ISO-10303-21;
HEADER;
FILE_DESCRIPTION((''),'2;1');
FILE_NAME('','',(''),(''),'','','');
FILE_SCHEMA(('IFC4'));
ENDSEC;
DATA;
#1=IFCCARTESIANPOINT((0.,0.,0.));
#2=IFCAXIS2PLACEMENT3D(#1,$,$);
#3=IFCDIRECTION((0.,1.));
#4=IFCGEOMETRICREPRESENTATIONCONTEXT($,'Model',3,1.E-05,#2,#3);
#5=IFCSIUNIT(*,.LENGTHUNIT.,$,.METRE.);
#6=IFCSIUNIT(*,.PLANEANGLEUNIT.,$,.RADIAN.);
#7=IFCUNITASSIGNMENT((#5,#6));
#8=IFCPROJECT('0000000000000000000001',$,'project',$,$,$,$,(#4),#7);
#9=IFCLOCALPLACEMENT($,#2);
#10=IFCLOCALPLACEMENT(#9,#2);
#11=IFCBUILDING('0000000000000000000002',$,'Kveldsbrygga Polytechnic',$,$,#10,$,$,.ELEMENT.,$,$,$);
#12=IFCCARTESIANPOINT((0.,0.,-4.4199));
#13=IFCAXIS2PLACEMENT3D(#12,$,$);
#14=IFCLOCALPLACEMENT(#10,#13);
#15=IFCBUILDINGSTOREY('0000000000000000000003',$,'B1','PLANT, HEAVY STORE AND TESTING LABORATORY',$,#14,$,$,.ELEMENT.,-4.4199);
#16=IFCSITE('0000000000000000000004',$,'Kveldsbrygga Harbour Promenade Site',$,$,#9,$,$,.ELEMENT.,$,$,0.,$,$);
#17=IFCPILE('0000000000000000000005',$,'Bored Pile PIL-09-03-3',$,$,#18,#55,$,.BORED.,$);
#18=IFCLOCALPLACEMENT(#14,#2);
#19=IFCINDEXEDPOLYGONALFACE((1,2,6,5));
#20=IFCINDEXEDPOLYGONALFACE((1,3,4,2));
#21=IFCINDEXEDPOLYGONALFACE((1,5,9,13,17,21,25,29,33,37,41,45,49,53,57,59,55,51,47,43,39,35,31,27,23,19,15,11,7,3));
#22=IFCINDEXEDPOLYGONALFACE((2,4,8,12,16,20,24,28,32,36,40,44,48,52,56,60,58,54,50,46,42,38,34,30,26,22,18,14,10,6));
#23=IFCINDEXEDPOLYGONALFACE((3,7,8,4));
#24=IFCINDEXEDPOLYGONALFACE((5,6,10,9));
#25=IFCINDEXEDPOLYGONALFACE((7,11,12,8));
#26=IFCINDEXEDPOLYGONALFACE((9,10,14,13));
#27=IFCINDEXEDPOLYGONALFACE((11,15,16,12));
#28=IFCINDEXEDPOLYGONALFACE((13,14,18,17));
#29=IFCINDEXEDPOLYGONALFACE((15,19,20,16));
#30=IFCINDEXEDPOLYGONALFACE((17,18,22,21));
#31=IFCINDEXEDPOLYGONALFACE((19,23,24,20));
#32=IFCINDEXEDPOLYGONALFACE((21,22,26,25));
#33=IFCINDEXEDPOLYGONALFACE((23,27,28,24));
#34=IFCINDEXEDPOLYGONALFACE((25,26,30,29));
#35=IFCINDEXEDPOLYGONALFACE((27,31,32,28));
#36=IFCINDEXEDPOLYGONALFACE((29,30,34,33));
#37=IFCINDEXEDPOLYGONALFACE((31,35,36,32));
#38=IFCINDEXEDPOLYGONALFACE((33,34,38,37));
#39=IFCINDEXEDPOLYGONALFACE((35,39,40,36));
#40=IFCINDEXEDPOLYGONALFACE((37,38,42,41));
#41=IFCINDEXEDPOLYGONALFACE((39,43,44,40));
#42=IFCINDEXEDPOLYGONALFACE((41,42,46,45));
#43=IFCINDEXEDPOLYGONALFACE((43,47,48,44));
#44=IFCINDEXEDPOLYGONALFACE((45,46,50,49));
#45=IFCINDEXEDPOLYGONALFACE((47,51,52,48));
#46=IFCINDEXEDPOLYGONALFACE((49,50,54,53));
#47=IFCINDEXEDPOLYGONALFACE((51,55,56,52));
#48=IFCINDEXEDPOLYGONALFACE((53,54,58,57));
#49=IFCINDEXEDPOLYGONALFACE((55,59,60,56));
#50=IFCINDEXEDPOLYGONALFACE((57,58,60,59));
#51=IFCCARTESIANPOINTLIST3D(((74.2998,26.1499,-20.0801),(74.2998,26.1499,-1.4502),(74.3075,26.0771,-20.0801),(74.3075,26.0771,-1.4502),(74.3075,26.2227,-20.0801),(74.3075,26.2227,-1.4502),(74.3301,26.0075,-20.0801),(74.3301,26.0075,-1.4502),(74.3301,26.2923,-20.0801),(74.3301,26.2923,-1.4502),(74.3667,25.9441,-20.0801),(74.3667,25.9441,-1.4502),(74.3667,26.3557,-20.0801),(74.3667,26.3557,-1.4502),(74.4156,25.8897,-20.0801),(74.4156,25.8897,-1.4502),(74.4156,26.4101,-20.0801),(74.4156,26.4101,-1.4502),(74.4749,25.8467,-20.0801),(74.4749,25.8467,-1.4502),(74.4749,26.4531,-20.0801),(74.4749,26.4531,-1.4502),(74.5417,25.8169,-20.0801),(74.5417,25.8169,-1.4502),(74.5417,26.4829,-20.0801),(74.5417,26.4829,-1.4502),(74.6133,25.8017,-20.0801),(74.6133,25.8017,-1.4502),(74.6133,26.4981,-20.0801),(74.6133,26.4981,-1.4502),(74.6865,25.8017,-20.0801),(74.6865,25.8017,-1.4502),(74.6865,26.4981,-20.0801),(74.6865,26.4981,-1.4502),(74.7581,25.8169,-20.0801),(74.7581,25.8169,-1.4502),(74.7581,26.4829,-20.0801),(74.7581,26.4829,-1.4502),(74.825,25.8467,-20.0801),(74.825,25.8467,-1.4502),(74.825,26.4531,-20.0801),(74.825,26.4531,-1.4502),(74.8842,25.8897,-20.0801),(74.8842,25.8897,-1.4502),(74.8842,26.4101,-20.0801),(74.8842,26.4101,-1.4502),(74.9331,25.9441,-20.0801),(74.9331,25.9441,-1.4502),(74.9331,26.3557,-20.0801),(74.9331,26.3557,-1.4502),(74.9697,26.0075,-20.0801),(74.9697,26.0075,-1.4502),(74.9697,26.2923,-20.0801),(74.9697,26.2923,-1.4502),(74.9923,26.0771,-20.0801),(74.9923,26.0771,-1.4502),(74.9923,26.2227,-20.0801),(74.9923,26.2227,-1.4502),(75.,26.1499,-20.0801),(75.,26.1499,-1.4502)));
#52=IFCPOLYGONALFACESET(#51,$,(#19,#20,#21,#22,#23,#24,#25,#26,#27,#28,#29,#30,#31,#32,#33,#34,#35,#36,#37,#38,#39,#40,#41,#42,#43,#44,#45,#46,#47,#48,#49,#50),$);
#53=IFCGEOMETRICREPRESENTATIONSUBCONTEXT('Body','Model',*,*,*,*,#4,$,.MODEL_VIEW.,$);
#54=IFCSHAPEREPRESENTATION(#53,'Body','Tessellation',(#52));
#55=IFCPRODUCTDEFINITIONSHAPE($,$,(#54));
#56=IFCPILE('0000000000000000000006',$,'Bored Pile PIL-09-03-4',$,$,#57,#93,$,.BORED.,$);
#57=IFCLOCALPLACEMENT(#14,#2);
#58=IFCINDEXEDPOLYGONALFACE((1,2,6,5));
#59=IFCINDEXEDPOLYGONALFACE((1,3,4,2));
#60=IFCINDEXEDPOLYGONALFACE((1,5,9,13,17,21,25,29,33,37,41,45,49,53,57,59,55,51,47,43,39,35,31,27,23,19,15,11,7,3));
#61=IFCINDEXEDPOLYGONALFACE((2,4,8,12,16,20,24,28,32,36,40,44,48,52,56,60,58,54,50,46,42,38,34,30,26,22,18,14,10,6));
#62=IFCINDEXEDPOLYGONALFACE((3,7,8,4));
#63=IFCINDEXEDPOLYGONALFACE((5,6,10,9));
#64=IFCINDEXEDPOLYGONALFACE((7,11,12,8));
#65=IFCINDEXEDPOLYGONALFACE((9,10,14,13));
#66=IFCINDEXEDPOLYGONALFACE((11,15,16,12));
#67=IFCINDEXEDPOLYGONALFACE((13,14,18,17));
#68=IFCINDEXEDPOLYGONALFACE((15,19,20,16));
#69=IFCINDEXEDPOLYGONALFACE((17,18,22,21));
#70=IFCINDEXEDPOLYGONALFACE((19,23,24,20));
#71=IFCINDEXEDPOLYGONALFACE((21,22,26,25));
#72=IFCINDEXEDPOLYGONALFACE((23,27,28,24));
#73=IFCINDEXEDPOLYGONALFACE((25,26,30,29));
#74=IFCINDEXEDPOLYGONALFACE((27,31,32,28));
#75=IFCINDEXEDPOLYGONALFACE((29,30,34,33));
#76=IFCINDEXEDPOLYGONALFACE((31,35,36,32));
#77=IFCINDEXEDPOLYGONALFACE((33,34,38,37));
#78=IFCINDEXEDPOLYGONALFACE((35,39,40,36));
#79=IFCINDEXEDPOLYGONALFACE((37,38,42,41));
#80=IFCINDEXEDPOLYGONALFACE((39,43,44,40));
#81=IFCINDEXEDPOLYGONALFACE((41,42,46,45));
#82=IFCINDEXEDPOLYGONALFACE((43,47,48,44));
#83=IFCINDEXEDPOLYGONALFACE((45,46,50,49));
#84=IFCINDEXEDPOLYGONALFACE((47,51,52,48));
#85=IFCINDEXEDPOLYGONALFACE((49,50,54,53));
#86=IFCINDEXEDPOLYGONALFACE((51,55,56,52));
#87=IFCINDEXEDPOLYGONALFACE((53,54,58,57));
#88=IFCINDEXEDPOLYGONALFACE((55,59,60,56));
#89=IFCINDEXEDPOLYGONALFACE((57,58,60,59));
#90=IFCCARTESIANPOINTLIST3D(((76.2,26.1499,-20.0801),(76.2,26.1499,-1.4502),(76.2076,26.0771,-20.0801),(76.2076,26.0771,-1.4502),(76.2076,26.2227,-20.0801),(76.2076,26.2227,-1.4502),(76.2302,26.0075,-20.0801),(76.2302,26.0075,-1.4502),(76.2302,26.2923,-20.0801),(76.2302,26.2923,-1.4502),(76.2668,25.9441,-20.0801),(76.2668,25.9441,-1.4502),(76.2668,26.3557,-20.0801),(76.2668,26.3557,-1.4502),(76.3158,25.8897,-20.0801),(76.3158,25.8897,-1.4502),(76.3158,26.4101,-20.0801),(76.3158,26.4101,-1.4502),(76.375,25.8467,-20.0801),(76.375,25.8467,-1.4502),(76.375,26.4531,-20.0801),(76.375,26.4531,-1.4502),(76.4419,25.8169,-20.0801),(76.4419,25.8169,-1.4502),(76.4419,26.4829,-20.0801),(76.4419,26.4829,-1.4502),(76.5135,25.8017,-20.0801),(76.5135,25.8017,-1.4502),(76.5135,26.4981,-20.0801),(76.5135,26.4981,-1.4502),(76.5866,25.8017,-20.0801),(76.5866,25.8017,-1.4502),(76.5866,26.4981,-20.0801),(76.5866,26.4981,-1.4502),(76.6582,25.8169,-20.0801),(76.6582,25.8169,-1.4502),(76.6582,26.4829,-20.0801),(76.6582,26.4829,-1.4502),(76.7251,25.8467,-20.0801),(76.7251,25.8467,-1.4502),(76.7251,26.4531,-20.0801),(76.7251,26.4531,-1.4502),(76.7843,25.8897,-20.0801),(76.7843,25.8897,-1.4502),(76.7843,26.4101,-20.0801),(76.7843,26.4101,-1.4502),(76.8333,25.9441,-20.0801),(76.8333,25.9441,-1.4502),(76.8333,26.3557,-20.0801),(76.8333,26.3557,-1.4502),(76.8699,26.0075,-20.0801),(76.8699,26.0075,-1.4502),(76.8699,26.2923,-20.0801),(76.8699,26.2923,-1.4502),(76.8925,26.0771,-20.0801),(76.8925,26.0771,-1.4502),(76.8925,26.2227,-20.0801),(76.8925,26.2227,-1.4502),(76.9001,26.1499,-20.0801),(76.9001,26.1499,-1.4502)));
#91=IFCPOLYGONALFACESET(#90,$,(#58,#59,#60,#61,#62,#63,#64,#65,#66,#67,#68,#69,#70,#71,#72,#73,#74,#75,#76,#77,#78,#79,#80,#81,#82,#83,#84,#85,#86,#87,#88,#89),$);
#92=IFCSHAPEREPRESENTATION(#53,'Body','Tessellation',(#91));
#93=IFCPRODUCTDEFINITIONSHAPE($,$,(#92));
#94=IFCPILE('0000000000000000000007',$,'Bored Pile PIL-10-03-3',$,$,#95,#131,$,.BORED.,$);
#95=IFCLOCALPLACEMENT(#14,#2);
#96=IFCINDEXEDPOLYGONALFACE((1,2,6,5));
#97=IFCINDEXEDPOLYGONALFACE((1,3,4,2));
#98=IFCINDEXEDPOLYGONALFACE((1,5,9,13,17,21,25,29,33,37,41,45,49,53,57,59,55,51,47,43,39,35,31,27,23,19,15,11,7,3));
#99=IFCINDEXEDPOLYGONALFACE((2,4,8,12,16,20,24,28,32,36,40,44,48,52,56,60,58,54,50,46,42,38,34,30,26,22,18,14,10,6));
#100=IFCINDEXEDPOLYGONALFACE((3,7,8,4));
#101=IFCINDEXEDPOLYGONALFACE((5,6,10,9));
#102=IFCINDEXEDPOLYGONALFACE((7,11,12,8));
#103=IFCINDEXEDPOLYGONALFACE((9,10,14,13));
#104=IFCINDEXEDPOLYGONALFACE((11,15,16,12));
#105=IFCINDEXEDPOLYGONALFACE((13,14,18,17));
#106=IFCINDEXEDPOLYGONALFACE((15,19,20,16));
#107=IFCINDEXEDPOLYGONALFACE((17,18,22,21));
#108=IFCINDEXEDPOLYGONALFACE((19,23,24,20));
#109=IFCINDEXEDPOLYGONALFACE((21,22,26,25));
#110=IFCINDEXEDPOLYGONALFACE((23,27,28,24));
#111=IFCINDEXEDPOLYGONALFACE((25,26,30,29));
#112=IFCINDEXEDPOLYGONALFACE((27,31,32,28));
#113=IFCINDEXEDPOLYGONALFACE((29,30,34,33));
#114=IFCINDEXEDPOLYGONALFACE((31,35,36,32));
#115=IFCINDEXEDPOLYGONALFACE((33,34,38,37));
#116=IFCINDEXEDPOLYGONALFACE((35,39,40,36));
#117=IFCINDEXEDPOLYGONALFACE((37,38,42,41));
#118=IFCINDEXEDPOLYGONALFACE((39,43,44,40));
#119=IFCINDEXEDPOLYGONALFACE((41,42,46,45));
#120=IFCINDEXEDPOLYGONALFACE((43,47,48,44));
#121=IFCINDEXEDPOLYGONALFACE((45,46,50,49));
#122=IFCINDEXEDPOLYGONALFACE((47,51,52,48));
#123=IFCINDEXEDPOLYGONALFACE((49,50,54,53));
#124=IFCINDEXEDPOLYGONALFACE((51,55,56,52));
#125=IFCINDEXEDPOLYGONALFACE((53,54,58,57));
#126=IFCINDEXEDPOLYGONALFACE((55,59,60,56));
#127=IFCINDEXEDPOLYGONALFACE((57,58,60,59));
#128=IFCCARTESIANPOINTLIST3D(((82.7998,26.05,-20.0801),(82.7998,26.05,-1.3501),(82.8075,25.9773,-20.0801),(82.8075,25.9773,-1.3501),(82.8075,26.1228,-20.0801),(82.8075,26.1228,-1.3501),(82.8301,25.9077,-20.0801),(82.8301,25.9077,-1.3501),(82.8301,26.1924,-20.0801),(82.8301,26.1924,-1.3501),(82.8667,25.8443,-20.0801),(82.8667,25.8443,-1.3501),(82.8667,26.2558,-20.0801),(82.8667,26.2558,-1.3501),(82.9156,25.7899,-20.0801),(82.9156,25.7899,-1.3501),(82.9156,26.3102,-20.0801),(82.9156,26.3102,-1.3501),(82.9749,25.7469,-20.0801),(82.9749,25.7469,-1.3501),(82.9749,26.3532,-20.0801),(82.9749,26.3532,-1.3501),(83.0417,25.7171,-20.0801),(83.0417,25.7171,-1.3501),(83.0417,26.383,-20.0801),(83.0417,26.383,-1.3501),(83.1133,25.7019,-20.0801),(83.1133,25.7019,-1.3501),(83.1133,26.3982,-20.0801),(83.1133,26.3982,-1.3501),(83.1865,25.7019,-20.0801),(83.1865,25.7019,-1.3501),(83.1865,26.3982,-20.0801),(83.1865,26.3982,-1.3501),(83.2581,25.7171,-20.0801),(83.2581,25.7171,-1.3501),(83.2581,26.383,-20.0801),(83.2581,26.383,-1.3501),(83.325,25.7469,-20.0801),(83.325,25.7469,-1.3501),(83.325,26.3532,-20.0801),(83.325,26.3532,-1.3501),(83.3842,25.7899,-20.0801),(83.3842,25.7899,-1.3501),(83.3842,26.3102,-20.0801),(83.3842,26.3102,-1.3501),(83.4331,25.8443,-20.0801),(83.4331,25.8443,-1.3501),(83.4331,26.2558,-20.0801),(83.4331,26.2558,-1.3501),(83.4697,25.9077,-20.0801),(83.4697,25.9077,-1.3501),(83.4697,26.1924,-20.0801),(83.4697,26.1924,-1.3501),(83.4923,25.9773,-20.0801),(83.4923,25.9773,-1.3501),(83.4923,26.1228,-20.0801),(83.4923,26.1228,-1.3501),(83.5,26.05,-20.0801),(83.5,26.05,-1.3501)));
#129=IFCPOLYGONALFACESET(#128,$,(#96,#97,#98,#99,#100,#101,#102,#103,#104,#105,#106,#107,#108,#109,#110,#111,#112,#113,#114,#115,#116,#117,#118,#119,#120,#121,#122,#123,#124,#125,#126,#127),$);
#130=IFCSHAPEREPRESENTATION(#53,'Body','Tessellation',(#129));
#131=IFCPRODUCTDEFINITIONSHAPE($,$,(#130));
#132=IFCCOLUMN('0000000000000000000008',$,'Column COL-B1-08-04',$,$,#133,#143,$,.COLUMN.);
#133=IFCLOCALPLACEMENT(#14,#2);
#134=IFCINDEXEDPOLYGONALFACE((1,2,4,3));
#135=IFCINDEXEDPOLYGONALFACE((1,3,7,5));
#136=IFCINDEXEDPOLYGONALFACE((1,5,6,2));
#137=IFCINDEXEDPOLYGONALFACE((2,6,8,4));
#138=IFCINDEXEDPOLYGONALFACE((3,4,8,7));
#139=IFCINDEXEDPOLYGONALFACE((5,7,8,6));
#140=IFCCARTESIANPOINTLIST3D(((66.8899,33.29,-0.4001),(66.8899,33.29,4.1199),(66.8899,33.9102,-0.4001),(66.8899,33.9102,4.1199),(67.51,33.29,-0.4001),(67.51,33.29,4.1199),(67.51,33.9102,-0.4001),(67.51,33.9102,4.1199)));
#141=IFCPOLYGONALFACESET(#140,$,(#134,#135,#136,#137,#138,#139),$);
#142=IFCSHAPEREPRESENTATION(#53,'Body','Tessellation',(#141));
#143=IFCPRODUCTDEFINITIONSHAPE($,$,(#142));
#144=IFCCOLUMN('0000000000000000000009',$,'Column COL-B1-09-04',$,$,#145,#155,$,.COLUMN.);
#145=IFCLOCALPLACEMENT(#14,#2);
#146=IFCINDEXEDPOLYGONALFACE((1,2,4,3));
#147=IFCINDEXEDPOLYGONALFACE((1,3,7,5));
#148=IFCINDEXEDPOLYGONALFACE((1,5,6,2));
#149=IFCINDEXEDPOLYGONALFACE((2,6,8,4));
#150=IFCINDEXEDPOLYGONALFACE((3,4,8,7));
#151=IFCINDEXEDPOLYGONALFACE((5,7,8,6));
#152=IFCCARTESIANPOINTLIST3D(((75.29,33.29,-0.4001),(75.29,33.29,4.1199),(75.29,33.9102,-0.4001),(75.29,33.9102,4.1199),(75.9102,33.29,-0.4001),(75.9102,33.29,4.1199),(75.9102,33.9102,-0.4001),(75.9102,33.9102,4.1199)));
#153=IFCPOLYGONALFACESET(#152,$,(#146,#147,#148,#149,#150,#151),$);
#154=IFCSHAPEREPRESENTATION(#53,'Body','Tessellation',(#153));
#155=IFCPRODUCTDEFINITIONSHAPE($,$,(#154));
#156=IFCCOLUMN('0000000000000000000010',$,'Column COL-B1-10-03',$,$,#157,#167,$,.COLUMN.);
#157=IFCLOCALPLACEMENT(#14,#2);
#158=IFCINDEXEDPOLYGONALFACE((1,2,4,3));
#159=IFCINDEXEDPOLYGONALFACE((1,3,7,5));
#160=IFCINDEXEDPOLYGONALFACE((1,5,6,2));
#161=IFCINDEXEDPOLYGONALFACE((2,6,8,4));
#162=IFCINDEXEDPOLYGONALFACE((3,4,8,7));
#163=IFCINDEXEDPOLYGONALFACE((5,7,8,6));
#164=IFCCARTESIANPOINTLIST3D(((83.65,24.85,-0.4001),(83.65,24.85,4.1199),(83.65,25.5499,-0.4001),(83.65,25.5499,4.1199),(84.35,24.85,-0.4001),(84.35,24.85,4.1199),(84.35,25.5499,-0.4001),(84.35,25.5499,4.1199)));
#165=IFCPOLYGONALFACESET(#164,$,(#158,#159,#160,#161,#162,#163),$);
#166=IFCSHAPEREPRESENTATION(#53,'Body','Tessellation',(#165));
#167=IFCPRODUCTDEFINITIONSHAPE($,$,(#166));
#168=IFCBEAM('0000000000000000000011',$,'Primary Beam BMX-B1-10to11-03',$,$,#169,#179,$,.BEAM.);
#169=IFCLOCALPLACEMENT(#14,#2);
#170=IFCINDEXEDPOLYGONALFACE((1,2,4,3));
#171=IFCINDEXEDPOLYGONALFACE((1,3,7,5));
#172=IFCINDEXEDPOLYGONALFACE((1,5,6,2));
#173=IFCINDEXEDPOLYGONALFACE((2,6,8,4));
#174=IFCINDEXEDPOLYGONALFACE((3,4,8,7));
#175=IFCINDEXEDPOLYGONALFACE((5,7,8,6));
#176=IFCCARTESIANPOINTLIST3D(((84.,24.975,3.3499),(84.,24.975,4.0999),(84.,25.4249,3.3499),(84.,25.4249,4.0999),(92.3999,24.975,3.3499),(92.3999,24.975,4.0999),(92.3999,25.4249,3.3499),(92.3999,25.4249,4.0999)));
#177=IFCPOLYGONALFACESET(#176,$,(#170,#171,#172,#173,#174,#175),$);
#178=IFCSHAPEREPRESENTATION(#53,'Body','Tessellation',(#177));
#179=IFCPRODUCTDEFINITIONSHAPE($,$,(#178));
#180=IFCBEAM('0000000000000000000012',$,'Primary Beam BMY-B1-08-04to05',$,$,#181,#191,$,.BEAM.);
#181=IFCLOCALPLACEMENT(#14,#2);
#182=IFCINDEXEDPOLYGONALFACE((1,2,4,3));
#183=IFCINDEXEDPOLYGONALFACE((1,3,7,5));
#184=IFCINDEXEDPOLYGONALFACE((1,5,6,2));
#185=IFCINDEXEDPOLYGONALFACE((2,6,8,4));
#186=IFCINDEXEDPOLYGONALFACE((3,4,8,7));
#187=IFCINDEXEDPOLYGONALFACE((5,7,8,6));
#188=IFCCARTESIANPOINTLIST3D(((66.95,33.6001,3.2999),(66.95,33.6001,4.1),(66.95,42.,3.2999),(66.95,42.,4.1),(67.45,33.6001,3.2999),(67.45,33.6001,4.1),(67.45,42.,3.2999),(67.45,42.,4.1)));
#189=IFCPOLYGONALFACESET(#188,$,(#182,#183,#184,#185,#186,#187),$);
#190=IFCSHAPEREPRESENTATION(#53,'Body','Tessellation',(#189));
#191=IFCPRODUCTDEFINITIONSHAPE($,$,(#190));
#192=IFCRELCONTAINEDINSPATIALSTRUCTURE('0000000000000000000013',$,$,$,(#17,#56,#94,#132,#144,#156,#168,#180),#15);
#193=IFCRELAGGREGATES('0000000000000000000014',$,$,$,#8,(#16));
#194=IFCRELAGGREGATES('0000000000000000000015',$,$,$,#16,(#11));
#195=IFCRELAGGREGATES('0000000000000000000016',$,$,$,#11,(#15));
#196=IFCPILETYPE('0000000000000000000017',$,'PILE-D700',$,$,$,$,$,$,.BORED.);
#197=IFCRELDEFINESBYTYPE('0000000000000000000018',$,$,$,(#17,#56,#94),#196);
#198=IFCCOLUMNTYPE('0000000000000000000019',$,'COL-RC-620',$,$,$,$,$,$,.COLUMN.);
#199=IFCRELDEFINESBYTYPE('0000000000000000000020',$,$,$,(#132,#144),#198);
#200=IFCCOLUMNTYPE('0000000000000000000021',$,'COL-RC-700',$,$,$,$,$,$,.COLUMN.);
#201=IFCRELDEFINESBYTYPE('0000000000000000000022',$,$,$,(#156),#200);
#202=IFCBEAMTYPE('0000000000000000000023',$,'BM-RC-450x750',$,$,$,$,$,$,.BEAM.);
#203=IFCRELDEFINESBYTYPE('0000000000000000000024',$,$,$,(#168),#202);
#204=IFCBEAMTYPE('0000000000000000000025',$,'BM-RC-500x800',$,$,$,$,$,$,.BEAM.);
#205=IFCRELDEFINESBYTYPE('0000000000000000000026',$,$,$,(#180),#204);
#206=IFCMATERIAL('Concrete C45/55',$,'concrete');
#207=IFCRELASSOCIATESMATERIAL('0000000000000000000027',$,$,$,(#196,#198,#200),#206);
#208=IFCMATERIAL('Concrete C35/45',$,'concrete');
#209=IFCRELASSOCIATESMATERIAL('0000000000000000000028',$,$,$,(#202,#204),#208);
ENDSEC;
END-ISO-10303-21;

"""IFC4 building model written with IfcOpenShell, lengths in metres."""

from ifc_helpers import new_model, si_unit, direction, frame, origin, origin_2d, place, context, subcontext, project, spatial, rectangle, circle, extrude, material, material_profile, profile_set, type_object, element, save


model = new_model("IFC4")

# Units and contexts
model_context = context("Model", 3, precision=1e-05, world=origin(), true_north=direction((0.0, 1.0)))
body_context = subcontext(model_context, "Body", "Model", "MODEL_VIEW")
ifc_project = project(units=[si_unit("LENGTHUNIT", "METRE"), si_unit("PLANEANGLEUNIT", "RADIAN")], contexts=[model_context])

# Site, building, storey
site_placement = place(None, origin())
site = spatial("IfcSite", under=ifc_project, at=site_placement, Name="Kveldsbrygga Harbour Promenade Site", CompositionType="ELEMENT", RefElevation=0.0)
building_placement = place(site_placement, origin())
building = spatial("IfcBuilding", under=site, at=building_placement, Name="Kveldsbrygga Polytechnic", CompositionType="ELEMENT")
storey_placement = place(building_placement, frame((0.0, 0.0, -4.4199)))
storey = spatial("IfcBuildingStorey", under=building, at=storey_placement, Name="B1", Description="PLANT, HEAVY STORE AND TESTING LABORATORY", CompositionType="ELEMENT", Elevation=-4.4199)

# Shared definitions
ifc_material_1 = material(Name="Concrete C45/55", Category="concrete")

# Piles
ifc_material_profile_1 = material_profile(ifc_material_1, circle(Radius=0.3501, at=origin_2d()), Name="PILE D700")
ifc_profile_set_1 = profile_set([ifc_material_profile_1], Name="Concrete C45/55")
pile_type_1 = type_object("IfcPileType", Name="PILE-D700", PredefinedType="BORED", material=ifc_profile_set_1)
for number, where, z_axis, x_axis, name in (
    (1, (74.6499, 26.1499, -1.4502), (0.0, 0.0, -1.0), (1.0, 0.0, 0.0), "Bored Pile PIL-09-03-3"),
    (2, (76.55, 26.1499, -1.4502), (0.0, 0.0, -1.0), (1.0, 0.0, 0.0), "Bored Pile PIL-09-03-4"),
):
    element("IfcPile", number, at=place(storey_placement, frame(where, z_axis=z_axis, x_axis=x_axis)), inside=storey, type_object=pile_type_1, Name=name, PredefinedType="BORED", context=body_context, shape_type="SweptSolid", body=[
        extrude(circle(Radius=0.3501, at=origin_2d()), origin(), (0.0, 0.0, 1.0), 18.6299),
    ])
pile_placement = place(storey_placement, frame((83.1499, 26.05, -1.3501), z_axis=(0.0, 0.0, -1.0), x_axis=(1.0, 0.0, 0.0)))
element("IfcPile", 3, at=pile_placement, inside=storey, type_object=pile_type_1, Name="Bored Pile PIL-10-03-3", PredefinedType="BORED", context=body_context, shape_type="SweptSolid", body=[
    extrude(circle(Radius=0.3501, at=origin_2d()), origin(), (0.0, 0.0, 1.0), 18.73),
])

# Columns
ifc_material_profile_2 = material_profile(ifc_material_1, rectangle(XDim=0.6201, YDim=0.6201, at=origin_2d()), Name="RC 620x620")
ifc_profile_set_2 = profile_set([ifc_material_profile_2], Name="Concrete C45/55")
column_type_1 = type_object("IfcColumnType", Name="COL-RC-620", PredefinedType="COLUMN", material=ifc_profile_set_2)
for number, where, z_axis, x_axis, name in (
    (4, (67.2, 33.6001, -0.4001), (0.0, 0.0, 1.0), (1.0, 0.0, 0.0), "Column COL-B1-08-04"),
    (5, (75.6001, 33.6001, -0.4001), (0.0, 0.0, 1.0), (1.0, 0.0, 0.0), "Column COL-B1-09-04"),
):
    element("IfcColumn", number, at=place(storey_placement, frame(where, z_axis=z_axis, x_axis=x_axis)), inside=storey, type_object=column_type_1, Name=name, PredefinedType="COLUMN", context=body_context, shape_type="SweptSolid", body=[
        extrude(rectangle(XDim=0.6201, YDim=0.6201, at=origin_2d()), origin(), (0.0, 0.0, 1.0), 4.52),
    ])
ifc_material_profile_3 = material_profile(ifc_material_1, rectangle(XDim=0.7, YDim=0.7, at=origin_2d()), Name="RC 700x700")
ifc_profile_set_3 = profile_set([ifc_material_profile_3], Name="Concrete C45/55")
column_type_2 = type_object("IfcColumnType", Name="COL-RC-700", PredefinedType="COLUMN", material=ifc_profile_set_3)
column_placement = place(storey_placement, frame((84.0, 25.2, -0.4001), z_axis=(0.0, 0.0, 1.0), x_axis=(1.0, 0.0, 0.0)))
element("IfcColumn", 6, at=column_placement, inside=storey, type_object=column_type_2, Name="Column COL-B1-10-03", PredefinedType="COLUMN", context=body_context, shape_type="SweptSolid", body=[
    extrude(rectangle(XDim=0.7, YDim=0.7, at=origin_2d()), origin(), (0.0, 0.0, 1.0), 4.52),
])

# Beams
ifc_material_2 = material(Name="Concrete C35/45", Category="concrete")
ifc_material_profile_4 = material_profile(ifc_material_2, rectangle(XDim=0.45, YDim=0.75, at=origin_2d()), Name="RC 450x750")
ifc_profile_set_4 = profile_set([ifc_material_profile_4], Name="Concrete C35/45")
beam_type_1 = type_object("IfcBeamType", Name="BM-RC-450x750", PredefinedType="BEAM", material=ifc_profile_set_4)
beam_1_placement = place(storey_placement, frame((84.0, 25.2, 3.7249), z_axis=(1.0, 0.0, 0.0), x_axis=(0.0, 1.0, 0.0)))
element("IfcBeam", 7, at=beam_1_placement, inside=storey, type_object=beam_type_1, Name="Primary Beam BMX-B1-10to11-03", PredefinedType="BEAM", context=body_context, shape_type="SweptSolid", body=[
    extrude(rectangle(XDim=0.45, YDim=0.75, at=origin_2d()), origin(), (0.0, 0.0, 1.0), 8.3999),
])
ifc_material_profile_5 = material_profile(ifc_material_2, rectangle(XDim=0.5, YDim=0.8, at=origin_2d()), Name="RC 500x800")
ifc_profile_set_5 = profile_set([ifc_material_profile_5], Name="Concrete C35/45")
beam_type_2 = type_object("IfcBeamType", Name="BM-RC-500x800", PredefinedType="BEAM", material=ifc_profile_set_5)
beam_2_placement = place(storey_placement, frame((67.2, 33.6001, 3.7), z_axis=(0.0, 1.0, 0.0), x_axis=(-1.0, 0.0, 0.0)))
element("IfcBeam", 8, at=beam_2_placement, inside=storey, type_object=beam_type_2, Name="Primary Beam BMY-B1-08-04to05", PredefinedType="BEAM", context=body_context, shape_type="SweptSolid", body=[
    extrude(rectangle(XDim=0.5, YDim=0.8, at=origin_2d()), origin(), (0.0, 0.0, 1.0), 8.3999),
])

save(model, "model.ifc")
